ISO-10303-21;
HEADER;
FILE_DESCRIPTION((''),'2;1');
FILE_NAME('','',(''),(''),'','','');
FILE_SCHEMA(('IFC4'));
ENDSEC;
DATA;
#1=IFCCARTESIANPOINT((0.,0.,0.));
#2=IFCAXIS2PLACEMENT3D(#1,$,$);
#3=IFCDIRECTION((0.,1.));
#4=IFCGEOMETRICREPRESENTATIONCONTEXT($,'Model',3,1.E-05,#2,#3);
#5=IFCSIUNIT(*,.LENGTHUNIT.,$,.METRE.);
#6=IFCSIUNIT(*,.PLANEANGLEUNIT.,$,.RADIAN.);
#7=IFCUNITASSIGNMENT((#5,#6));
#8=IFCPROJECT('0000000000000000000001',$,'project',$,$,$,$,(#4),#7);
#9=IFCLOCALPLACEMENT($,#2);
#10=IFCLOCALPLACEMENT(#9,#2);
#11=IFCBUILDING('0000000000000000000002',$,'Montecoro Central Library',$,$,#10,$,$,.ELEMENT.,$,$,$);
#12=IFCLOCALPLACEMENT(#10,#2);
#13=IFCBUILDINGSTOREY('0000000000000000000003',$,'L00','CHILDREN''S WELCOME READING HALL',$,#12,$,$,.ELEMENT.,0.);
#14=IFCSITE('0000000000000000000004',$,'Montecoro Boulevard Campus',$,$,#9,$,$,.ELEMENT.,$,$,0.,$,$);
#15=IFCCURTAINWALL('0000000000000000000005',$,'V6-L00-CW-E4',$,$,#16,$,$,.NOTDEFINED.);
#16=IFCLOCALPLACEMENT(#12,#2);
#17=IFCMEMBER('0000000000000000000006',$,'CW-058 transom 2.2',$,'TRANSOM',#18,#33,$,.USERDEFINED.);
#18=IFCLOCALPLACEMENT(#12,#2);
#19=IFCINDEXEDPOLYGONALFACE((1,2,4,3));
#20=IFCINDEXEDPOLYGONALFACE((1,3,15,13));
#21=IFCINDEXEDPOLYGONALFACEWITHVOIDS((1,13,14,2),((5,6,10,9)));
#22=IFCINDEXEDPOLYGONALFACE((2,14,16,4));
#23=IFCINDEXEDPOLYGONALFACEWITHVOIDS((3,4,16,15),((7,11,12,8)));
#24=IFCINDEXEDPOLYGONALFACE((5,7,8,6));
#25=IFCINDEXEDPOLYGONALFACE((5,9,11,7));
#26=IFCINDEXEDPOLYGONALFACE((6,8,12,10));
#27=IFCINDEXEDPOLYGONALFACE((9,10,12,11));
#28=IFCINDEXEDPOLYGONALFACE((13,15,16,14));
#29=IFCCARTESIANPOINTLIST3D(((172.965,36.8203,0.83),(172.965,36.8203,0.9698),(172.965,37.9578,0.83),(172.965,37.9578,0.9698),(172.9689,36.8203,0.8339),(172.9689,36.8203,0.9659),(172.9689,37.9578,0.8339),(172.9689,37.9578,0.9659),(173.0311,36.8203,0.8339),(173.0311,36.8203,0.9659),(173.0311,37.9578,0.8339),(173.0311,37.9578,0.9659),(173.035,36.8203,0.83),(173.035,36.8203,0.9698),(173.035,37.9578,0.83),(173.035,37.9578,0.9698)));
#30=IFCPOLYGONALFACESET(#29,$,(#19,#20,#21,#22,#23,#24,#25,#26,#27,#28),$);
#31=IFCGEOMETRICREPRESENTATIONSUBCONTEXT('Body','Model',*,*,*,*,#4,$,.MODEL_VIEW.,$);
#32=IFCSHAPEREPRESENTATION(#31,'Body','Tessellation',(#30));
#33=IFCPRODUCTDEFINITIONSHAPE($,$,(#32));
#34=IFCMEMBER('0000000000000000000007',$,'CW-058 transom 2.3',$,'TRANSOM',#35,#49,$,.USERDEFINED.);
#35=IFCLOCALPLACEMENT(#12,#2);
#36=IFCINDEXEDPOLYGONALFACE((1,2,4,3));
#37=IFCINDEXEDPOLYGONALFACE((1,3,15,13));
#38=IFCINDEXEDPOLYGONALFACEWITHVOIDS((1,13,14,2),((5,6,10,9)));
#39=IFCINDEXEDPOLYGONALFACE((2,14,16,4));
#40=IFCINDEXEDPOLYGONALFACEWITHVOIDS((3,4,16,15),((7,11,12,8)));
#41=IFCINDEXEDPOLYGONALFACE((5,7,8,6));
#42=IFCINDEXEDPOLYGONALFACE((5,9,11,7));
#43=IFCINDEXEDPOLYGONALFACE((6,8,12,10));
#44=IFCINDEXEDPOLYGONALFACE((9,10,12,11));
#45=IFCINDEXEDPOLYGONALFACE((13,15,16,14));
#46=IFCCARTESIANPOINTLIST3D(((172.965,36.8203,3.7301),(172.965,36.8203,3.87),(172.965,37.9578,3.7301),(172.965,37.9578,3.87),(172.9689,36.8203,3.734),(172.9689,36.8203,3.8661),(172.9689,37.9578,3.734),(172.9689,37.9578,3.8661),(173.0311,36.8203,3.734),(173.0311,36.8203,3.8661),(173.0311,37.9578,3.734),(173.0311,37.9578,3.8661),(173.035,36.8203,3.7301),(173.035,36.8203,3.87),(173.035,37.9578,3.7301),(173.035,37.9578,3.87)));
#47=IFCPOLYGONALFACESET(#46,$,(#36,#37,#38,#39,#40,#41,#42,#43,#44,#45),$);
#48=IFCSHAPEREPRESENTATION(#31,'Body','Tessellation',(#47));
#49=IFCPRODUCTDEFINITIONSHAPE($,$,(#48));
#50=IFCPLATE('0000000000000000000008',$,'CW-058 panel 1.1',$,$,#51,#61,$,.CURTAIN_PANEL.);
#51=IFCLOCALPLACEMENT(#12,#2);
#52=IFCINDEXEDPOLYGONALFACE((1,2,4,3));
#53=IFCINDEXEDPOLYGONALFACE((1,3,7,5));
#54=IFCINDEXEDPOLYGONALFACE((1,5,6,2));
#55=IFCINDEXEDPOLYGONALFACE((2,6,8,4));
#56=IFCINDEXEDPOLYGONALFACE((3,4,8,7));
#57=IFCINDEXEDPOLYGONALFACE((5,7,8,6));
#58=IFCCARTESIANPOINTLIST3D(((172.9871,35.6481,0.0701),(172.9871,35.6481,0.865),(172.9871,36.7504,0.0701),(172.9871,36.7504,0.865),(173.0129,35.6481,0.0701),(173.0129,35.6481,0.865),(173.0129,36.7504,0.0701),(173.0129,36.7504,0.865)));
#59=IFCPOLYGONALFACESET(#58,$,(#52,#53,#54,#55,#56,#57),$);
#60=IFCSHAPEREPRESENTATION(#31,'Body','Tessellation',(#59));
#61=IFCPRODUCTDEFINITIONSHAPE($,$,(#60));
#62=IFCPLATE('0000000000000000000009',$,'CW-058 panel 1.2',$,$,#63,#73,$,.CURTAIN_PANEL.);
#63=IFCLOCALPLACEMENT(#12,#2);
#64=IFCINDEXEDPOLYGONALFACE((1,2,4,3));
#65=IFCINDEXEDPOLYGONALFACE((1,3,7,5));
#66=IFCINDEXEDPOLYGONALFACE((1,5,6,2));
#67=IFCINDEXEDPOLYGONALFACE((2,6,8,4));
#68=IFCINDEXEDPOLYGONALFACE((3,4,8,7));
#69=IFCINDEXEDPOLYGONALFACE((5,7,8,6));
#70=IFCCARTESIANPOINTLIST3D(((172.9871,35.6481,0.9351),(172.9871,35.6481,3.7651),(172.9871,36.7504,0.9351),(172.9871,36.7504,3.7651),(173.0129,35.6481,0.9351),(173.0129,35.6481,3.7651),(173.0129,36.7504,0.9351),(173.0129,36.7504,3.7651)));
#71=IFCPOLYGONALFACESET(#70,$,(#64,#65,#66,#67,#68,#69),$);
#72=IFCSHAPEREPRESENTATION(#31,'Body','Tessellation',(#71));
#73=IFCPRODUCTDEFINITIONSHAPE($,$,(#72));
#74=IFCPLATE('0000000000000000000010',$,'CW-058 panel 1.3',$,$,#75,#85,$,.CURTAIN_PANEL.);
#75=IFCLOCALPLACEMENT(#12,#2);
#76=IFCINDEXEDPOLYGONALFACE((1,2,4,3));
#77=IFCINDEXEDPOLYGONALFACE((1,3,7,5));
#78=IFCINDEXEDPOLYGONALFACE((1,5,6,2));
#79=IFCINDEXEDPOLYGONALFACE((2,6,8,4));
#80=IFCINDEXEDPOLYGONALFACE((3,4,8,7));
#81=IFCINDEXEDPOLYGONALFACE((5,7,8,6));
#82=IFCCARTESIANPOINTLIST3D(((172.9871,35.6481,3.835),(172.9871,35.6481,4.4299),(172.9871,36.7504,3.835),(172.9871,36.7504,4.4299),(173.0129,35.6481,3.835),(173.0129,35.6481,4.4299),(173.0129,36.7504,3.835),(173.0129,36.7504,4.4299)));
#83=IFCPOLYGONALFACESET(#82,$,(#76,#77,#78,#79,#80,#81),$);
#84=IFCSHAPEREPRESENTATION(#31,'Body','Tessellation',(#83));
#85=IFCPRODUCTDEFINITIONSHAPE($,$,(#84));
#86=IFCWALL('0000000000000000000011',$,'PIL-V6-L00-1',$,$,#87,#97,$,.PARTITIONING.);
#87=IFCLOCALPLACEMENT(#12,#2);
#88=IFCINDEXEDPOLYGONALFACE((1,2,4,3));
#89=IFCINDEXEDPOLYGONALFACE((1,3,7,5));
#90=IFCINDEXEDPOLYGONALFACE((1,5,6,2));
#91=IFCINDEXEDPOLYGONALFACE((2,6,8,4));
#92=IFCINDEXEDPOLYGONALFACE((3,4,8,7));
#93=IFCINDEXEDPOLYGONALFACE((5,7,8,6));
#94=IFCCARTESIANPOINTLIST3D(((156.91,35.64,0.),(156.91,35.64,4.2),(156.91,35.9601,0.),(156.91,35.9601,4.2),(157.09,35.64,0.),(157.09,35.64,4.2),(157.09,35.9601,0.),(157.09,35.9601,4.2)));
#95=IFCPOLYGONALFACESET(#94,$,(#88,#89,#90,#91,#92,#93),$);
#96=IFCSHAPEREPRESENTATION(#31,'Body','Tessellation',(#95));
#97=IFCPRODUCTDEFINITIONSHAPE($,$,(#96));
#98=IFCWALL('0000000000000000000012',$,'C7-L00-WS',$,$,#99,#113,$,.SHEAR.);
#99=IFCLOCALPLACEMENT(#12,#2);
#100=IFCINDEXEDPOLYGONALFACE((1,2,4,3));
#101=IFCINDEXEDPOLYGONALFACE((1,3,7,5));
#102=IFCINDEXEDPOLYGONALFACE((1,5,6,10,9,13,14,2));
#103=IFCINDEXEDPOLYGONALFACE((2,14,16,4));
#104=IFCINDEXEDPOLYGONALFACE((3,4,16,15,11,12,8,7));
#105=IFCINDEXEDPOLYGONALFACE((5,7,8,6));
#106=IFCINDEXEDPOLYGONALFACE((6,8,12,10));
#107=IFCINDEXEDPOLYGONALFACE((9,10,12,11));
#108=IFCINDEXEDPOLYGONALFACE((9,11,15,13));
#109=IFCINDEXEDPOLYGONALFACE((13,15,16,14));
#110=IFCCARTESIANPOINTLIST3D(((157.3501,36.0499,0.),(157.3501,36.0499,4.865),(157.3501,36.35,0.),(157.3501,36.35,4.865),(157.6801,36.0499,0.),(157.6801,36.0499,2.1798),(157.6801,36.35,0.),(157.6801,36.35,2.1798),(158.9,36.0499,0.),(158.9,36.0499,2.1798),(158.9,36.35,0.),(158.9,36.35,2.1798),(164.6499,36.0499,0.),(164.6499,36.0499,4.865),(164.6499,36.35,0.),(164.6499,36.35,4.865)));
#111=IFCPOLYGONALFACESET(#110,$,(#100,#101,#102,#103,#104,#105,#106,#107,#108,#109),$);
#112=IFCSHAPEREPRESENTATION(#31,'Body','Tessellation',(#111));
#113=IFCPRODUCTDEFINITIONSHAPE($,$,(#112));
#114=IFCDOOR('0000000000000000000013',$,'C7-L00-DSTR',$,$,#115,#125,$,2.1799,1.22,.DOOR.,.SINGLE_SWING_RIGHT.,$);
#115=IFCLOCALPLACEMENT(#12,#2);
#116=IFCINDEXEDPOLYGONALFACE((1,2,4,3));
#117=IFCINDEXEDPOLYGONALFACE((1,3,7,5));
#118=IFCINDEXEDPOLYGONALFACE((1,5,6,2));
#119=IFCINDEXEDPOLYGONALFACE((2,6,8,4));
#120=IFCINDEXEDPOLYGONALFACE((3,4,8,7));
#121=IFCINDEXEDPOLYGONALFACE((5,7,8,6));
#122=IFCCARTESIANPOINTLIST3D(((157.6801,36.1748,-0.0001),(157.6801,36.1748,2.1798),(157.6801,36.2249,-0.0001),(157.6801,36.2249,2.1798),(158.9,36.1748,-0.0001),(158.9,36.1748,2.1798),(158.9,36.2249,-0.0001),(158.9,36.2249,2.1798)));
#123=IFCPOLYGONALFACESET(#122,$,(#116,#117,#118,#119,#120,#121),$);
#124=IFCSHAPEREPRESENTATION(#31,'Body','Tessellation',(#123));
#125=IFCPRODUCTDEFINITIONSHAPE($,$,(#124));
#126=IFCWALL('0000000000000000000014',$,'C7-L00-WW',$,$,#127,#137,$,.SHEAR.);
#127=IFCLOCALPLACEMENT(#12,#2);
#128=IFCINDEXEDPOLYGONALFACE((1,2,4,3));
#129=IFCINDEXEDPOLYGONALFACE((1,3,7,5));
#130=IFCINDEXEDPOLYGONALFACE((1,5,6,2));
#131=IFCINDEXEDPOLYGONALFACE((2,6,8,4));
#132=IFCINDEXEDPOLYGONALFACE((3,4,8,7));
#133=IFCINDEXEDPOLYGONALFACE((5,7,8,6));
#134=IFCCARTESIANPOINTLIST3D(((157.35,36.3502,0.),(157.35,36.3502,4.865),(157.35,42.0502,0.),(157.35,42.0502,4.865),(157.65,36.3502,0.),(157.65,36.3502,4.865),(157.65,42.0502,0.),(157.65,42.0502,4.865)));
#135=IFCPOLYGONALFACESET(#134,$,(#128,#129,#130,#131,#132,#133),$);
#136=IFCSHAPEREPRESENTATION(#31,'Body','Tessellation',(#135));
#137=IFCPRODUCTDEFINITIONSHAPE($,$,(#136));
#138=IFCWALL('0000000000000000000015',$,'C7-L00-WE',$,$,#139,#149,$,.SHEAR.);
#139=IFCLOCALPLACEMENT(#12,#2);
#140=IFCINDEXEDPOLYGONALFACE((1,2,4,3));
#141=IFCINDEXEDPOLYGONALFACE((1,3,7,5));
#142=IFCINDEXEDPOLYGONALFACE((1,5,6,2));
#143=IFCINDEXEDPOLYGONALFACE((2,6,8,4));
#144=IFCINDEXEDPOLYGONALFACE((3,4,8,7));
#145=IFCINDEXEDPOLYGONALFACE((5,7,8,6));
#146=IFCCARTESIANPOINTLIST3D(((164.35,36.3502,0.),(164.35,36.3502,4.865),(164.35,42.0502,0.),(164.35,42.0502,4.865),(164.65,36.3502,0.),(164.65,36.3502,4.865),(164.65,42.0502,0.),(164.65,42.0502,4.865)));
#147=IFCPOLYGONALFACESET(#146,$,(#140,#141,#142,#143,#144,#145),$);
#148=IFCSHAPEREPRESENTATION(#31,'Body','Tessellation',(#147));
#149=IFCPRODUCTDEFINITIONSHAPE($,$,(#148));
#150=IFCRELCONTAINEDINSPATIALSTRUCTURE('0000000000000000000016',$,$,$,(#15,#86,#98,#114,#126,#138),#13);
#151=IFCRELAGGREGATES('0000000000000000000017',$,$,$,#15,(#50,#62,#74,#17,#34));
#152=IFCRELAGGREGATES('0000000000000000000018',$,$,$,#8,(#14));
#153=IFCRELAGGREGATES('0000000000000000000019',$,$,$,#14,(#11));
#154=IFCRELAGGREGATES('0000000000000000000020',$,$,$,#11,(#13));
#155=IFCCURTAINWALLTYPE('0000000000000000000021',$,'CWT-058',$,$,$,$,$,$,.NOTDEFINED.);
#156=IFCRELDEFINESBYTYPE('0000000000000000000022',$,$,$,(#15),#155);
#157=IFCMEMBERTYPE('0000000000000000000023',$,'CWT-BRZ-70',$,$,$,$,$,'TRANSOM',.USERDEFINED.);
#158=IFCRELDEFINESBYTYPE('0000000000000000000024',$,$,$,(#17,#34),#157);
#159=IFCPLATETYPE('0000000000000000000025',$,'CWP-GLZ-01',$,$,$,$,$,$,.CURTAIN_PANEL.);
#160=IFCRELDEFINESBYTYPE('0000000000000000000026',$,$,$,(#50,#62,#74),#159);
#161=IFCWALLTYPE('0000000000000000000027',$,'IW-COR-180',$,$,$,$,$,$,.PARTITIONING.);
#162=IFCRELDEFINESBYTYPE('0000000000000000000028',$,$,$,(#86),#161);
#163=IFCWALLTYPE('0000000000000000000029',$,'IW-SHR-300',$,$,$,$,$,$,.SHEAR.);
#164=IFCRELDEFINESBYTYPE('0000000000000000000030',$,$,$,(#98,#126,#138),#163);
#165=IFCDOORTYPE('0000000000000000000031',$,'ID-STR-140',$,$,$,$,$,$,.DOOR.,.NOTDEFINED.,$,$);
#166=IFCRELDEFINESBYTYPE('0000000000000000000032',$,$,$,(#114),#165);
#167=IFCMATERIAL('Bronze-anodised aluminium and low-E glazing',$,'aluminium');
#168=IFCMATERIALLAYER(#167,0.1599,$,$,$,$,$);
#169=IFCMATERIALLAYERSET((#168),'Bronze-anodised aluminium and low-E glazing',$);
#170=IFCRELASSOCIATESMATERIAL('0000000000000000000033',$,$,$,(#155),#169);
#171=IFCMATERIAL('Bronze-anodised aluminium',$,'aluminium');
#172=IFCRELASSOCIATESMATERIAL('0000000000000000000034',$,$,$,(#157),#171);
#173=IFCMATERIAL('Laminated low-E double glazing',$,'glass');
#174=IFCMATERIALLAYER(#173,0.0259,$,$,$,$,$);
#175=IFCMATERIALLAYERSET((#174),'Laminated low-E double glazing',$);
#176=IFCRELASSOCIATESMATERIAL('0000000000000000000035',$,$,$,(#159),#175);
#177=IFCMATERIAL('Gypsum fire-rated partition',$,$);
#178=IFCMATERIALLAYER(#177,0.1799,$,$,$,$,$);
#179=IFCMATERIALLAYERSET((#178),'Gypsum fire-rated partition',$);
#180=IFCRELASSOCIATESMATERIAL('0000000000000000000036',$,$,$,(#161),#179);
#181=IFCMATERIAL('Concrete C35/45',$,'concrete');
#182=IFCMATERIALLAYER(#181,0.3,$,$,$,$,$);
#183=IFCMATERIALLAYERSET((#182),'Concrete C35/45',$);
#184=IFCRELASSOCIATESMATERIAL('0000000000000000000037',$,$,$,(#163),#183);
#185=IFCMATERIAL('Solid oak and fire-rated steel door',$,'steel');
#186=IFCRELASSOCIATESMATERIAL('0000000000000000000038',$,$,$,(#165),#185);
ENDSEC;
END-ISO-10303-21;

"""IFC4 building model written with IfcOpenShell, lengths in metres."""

from ifc_helpers import new_model, si_unit, direction, frame, frame_2d, origin, origin_2d, place, context, subcontext, project, spatial, rectangle, hollow_rectangle, extrude, material, layer, layer_set, material_profile, profile_set, type_object, element, fill, aggregate, save


model = new_model("IFC4")

# Units and contexts
model_context = context("Model", 3, precision=1e-05, world=origin(), true_north=direction((0.0, 1.0)))
body_context = subcontext(model_context, "Body", "Model", "MODEL_VIEW")
ifc_project = project(units=[si_unit("LENGTHUNIT", "METRE"), si_unit("PLANEANGLEUNIT", "RADIAN")], contexts=[model_context])

# Site, building, storey
site_placement = place(None, origin())
site = spatial("IfcSite", under=ifc_project, at=site_placement, Name="Montecoro Boulevard Campus", CompositionType="ELEMENT", RefElevation=0.0)
building_placement = place(site_placement, origin())
building = spatial("IfcBuilding", under=site, at=building_placement, Name="Montecoro Central Library", CompositionType="ELEMENT")
storey_placement = place(building_placement, origin())
storey = spatial("IfcBuildingStorey", under=building, at=storey_placement, Name="L00", Description="CHILDREN'S WELCOME READING HALL", CompositionType="ELEMENT", Elevation=0.0)

# Shared definitions
ifc_material_1 = material(Name="Concrete C35/45", Category="concrete")

# Curtain wall, members, plates
ifc_material_2 = material(Name="Bronze-anodised aluminium and low-E glazing", Category="aluminium")
ifc_layer_1 = layer(ifc_material_2, 0.1599)
ifc_layer_set_1 = layer_set([ifc_layer_1], Name="Bronze-anodised aluminium and low-E glazing")
curtain_wall_type = type_object("IfcCurtainWallType", Name="CWT-058", PredefinedType="NOTDEFINED", material=ifc_layer_set_1)
curtain_wall_placement = place(storey_placement, origin())
curtain_wall = element("IfcCurtainWall", 1, at=curtain_wall_placement, inside=storey, type_object=curtain_wall_type, Name="V6-L00-CW-E4", PredefinedType="NOTDEFINED")
ifc_material_3 = material(Name="Bronze-anodised aluminium", Category="aluminium")
ifc_material_profile_1 = material_profile(ifc_material_3, hollow_rectangle(XDim=0.0701, YDim=0.1399, WallThickness=0.0039, at=origin_2d()), Name="CWT 140x70x4.0")
ifc_profile_set_1 = profile_set([ifc_material_profile_1], Name="Bronze-anodised aluminium")
member_type_1 = type_object("IfcMemberType", Name="CWT-BRZ-70", ElementType="TRANSOM", PredefinedType="USERDEFINED", material=ifc_profile_set_1)
member_1_placement = place(storey_placement, frame((173.0, 36.8203, 0.8999), z_axis=(0.0, 1.0, 0.0), x_axis=(-1.0, 0.0, 0.0)))
member_1 = element("IfcMember", 2, at=member_1_placement, type_object=member_type_1, Name="CW-058 transom 2.2", ObjectType="TRANSOM", PredefinedType="USERDEFINED", context=body_context, shape_type="SweptSolid", body=[
    extrude(hollow_rectangle(XDim=0.0701, YDim=0.1399, WallThickness=0.0039, at=origin_2d()), origin(), (0.0, 0.0, 1.0), 1.1375),
])
member_2_placement = place(storey_placement, frame((173.0, 36.8203, 3.8), z_axis=(0.0, 1.0, 0.0), x_axis=(-1.0, 0.0, 0.0)))
member_2 = element("IfcMember", 3, at=member_2_placement, type_object=member_type_1, Name="CW-058 transom 2.3", ObjectType="TRANSOM", PredefinedType="USERDEFINED", context=body_context, shape_type="SweptSolid", body=[
    extrude(hollow_rectangle(XDim=0.0701, YDim=0.1399, WallThickness=0.0039, at=origin_2d()), origin(), (0.0, 0.0, 1.0), 1.1375),
])
ifc_material_4 = material(Name="Laminated low-E double glazing", Category="glass")
ifc_layer_2 = layer(ifc_material_4, 0.0259)
ifc_layer_set_2 = layer_set([ifc_layer_2], Name="Laminated low-E double glazing")
plate_type = type_object("IfcPlateType", Name="CWP-GLZ-01", PredefinedType="CURTAIN_PANEL", material=ifc_layer_set_2)
plate_1_placement = place(storey_placement, frame((173.0, 36.1992, 0.0701), z_axis=(0.0, 0.0, 1.0), x_axis=(0.0, 1.0, 0.0)))
plate_1 = element("IfcPlate", 4, at=plate_1_placement, type_object=plate_type, Name="CW-058 panel 1.1", PredefinedType="CURTAIN_PANEL", context=body_context, shape_type="SweptSolid", body=[
    extrude(rectangle(XDim=1.1023, YDim=0.0259, at=origin_2d()), origin(), (0.0, 0.0, 1.0), 0.7949),
])
plate_2_placement = place(storey_placement, frame((173.0, 36.1992, 0.9351), z_axis=(0.0, 0.0, 1.0), x_axis=(0.0, 1.0, 0.0)))
plate_2 = element("IfcPlate", 5, at=plate_2_placement, type_object=plate_type, Name="CW-058 panel 1.2", PredefinedType="CURTAIN_PANEL", context=body_context, shape_type="SweptSolid", body=[
    extrude(rectangle(XDim=1.1023, YDim=0.0259, at=origin_2d()), origin(), (0.0, 0.0, 1.0), 2.8301),
])
plate_3_placement = place(storey_placement, frame((173.0, 36.1992, 3.835), z_axis=(0.0, 0.0, 1.0), x_axis=(0.0, 1.0, 0.0)))
plate_3 = element("IfcPlate", 6, at=plate_3_placement, type_object=plate_type, Name="CW-058 panel 1.3", PredefinedType="CURTAIN_PANEL", context=body_context, shape_type="SweptSolid", body=[
    extrude(rectangle(XDim=1.1023, YDim=0.0259, at=origin_2d()), origin(), (0.0, 0.0, 1.0), 0.595),
])
aggregate(curtain_wall, [plate_1, plate_2, plate_3, member_1, member_2])

# Wall
ifc_material_5 = material(Name="Gypsum fire-rated partition")
ifc_layer_3 = layer(ifc_material_5, 0.1799)
ifc_layer_set_3 = layer_set([ifc_layer_3], Name="Gypsum fire-rated partition")
wall_type_1 = type_object("IfcWallType", Name="IW-COR-180", PredefinedType="PARTITIONING", material=ifc_layer_set_3)
wall_1_placement = place(storey_placement, frame((157.0, 35.6399, 0.0), z_axis=(0.0, 0.0, 1.0), x_axis=(0.0, 1.0, 0.0)))
element("IfcWall", 7, at=wall_1_placement, inside=storey, type_object=wall_type_1, Name="PIL-V6-L00-1", PredefinedType="PARTITIONING", context=body_context, shape_type="SweptSolid", body=[
    extrude(rectangle(XDim=0.3201, YDim=0.1799, at=frame_2d((0.1602, 0.0))), origin(), (0.0, 0.0, 1.0), 4.2),
])

# Wall, opening, door
ifc_layer_4 = layer(ifc_material_1, 0.3)
ifc_layer_set_4 = layer_set([ifc_layer_4], Name="Concrete C35/45")
wall_type_2 = type_object("IfcWallType", Name="IW-SHR-300", PredefinedType="SHEAR", material=ifc_layer_set_4)
wall_2_placement = place(storey_placement, frame((157.3501, 36.2, 0.0), z_axis=(0.0, 0.0, 1.0), x_axis=(1.0, 0.0, 0.0)))
wall_2 = element("IfcWall", 8, at=wall_2_placement, inside=storey, type_object=wall_type_2, Name="C7-L00-WS", PredefinedType="SHEAR", context=body_context, shape_type="SweptSolid", body=[
    extrude(rectangle(XDim=7.2998, YDim=0.3, at=frame_2d((3.6499, 0.0))), origin(), (0.0, 0.0, 1.0), 4.865),
])
opening_placement = place(wall_2_placement, frame((0.3301, 0.0, 0.0)))
opening = element("IfcOpeningElement", 9, at=opening_placement, cuts=wall_2, PredefinedType="OPENING", context=body_context, shape_type="SweptSolid", body=[
    extrude(rectangle(XDim=1.22, YDim=2.1799, at=frame_2d((0.6099, 1.0898))), frame((0.0, 0.1599, 0.0), z_axis=(0.0, -1.0, 0.0), x_axis=(1.0, 0.0, 0.0)), (0.0, 0.0, 1.0), 0.3201),
])
ifc_material_6 = material(Name="Solid oak and fire-rated steel door", Category="steel")
door_type = type_object("IfcDoorType", Name="ID-STR-140", OperationType="NOTDEFINED", PredefinedType="DOOR", material=ifc_material_6)
door_placement = place(opening_placement, origin())
door = element("IfcDoor", 10, at=door_placement, inside=storey, type_object=door_type, Name="C7-L00-DSTR", OperationType="SINGLE_SWING_RIGHT", OverallHeight=2.1799, OverallWidth=1.22, PredefinedType="DOOR", context=body_context, shape_type="SweptSolid", body=[
    extrude(rectangle(XDim=1.22, YDim=2.1799, at=frame_2d((0.6099, 1.0898))), frame((0.0, 0.0249, 0.0), z_axis=(0.0, -1.0, 0.0), x_axis=(1.0, 0.0, 0.0)), (0.0, 0.0, 1.0), 0.05),
])
fill(opening, door)

# Walls
for number, where, z_axis, x_axis, name in (
    (11, (157.5, 36.3501, 0.0), (0.0, 0.0, 1.0), (0.0, 1.0, 0.0), "C7-L00-WW"),
    (12, (164.5, 36.3501, 0.0), (0.0, 0.0, 1.0), (0.0, 1.0, 0.0), "C7-L00-WE"),
):
    element("IfcWall", number, at=place(storey_placement, frame(where, z_axis=z_axis, x_axis=x_axis)), inside=storey, type_object=wall_type_2, Name=name, PredefinedType="SHEAR", context=body_context, shape_type="SweptSolid", body=[
        extrude(rectangle(XDim=5.7, YDim=0.3, at=frame_2d((2.8501, 0.0))), origin(), (0.0, 0.0, 1.0), 4.865),
    ])

save(model, "model.ifc")
